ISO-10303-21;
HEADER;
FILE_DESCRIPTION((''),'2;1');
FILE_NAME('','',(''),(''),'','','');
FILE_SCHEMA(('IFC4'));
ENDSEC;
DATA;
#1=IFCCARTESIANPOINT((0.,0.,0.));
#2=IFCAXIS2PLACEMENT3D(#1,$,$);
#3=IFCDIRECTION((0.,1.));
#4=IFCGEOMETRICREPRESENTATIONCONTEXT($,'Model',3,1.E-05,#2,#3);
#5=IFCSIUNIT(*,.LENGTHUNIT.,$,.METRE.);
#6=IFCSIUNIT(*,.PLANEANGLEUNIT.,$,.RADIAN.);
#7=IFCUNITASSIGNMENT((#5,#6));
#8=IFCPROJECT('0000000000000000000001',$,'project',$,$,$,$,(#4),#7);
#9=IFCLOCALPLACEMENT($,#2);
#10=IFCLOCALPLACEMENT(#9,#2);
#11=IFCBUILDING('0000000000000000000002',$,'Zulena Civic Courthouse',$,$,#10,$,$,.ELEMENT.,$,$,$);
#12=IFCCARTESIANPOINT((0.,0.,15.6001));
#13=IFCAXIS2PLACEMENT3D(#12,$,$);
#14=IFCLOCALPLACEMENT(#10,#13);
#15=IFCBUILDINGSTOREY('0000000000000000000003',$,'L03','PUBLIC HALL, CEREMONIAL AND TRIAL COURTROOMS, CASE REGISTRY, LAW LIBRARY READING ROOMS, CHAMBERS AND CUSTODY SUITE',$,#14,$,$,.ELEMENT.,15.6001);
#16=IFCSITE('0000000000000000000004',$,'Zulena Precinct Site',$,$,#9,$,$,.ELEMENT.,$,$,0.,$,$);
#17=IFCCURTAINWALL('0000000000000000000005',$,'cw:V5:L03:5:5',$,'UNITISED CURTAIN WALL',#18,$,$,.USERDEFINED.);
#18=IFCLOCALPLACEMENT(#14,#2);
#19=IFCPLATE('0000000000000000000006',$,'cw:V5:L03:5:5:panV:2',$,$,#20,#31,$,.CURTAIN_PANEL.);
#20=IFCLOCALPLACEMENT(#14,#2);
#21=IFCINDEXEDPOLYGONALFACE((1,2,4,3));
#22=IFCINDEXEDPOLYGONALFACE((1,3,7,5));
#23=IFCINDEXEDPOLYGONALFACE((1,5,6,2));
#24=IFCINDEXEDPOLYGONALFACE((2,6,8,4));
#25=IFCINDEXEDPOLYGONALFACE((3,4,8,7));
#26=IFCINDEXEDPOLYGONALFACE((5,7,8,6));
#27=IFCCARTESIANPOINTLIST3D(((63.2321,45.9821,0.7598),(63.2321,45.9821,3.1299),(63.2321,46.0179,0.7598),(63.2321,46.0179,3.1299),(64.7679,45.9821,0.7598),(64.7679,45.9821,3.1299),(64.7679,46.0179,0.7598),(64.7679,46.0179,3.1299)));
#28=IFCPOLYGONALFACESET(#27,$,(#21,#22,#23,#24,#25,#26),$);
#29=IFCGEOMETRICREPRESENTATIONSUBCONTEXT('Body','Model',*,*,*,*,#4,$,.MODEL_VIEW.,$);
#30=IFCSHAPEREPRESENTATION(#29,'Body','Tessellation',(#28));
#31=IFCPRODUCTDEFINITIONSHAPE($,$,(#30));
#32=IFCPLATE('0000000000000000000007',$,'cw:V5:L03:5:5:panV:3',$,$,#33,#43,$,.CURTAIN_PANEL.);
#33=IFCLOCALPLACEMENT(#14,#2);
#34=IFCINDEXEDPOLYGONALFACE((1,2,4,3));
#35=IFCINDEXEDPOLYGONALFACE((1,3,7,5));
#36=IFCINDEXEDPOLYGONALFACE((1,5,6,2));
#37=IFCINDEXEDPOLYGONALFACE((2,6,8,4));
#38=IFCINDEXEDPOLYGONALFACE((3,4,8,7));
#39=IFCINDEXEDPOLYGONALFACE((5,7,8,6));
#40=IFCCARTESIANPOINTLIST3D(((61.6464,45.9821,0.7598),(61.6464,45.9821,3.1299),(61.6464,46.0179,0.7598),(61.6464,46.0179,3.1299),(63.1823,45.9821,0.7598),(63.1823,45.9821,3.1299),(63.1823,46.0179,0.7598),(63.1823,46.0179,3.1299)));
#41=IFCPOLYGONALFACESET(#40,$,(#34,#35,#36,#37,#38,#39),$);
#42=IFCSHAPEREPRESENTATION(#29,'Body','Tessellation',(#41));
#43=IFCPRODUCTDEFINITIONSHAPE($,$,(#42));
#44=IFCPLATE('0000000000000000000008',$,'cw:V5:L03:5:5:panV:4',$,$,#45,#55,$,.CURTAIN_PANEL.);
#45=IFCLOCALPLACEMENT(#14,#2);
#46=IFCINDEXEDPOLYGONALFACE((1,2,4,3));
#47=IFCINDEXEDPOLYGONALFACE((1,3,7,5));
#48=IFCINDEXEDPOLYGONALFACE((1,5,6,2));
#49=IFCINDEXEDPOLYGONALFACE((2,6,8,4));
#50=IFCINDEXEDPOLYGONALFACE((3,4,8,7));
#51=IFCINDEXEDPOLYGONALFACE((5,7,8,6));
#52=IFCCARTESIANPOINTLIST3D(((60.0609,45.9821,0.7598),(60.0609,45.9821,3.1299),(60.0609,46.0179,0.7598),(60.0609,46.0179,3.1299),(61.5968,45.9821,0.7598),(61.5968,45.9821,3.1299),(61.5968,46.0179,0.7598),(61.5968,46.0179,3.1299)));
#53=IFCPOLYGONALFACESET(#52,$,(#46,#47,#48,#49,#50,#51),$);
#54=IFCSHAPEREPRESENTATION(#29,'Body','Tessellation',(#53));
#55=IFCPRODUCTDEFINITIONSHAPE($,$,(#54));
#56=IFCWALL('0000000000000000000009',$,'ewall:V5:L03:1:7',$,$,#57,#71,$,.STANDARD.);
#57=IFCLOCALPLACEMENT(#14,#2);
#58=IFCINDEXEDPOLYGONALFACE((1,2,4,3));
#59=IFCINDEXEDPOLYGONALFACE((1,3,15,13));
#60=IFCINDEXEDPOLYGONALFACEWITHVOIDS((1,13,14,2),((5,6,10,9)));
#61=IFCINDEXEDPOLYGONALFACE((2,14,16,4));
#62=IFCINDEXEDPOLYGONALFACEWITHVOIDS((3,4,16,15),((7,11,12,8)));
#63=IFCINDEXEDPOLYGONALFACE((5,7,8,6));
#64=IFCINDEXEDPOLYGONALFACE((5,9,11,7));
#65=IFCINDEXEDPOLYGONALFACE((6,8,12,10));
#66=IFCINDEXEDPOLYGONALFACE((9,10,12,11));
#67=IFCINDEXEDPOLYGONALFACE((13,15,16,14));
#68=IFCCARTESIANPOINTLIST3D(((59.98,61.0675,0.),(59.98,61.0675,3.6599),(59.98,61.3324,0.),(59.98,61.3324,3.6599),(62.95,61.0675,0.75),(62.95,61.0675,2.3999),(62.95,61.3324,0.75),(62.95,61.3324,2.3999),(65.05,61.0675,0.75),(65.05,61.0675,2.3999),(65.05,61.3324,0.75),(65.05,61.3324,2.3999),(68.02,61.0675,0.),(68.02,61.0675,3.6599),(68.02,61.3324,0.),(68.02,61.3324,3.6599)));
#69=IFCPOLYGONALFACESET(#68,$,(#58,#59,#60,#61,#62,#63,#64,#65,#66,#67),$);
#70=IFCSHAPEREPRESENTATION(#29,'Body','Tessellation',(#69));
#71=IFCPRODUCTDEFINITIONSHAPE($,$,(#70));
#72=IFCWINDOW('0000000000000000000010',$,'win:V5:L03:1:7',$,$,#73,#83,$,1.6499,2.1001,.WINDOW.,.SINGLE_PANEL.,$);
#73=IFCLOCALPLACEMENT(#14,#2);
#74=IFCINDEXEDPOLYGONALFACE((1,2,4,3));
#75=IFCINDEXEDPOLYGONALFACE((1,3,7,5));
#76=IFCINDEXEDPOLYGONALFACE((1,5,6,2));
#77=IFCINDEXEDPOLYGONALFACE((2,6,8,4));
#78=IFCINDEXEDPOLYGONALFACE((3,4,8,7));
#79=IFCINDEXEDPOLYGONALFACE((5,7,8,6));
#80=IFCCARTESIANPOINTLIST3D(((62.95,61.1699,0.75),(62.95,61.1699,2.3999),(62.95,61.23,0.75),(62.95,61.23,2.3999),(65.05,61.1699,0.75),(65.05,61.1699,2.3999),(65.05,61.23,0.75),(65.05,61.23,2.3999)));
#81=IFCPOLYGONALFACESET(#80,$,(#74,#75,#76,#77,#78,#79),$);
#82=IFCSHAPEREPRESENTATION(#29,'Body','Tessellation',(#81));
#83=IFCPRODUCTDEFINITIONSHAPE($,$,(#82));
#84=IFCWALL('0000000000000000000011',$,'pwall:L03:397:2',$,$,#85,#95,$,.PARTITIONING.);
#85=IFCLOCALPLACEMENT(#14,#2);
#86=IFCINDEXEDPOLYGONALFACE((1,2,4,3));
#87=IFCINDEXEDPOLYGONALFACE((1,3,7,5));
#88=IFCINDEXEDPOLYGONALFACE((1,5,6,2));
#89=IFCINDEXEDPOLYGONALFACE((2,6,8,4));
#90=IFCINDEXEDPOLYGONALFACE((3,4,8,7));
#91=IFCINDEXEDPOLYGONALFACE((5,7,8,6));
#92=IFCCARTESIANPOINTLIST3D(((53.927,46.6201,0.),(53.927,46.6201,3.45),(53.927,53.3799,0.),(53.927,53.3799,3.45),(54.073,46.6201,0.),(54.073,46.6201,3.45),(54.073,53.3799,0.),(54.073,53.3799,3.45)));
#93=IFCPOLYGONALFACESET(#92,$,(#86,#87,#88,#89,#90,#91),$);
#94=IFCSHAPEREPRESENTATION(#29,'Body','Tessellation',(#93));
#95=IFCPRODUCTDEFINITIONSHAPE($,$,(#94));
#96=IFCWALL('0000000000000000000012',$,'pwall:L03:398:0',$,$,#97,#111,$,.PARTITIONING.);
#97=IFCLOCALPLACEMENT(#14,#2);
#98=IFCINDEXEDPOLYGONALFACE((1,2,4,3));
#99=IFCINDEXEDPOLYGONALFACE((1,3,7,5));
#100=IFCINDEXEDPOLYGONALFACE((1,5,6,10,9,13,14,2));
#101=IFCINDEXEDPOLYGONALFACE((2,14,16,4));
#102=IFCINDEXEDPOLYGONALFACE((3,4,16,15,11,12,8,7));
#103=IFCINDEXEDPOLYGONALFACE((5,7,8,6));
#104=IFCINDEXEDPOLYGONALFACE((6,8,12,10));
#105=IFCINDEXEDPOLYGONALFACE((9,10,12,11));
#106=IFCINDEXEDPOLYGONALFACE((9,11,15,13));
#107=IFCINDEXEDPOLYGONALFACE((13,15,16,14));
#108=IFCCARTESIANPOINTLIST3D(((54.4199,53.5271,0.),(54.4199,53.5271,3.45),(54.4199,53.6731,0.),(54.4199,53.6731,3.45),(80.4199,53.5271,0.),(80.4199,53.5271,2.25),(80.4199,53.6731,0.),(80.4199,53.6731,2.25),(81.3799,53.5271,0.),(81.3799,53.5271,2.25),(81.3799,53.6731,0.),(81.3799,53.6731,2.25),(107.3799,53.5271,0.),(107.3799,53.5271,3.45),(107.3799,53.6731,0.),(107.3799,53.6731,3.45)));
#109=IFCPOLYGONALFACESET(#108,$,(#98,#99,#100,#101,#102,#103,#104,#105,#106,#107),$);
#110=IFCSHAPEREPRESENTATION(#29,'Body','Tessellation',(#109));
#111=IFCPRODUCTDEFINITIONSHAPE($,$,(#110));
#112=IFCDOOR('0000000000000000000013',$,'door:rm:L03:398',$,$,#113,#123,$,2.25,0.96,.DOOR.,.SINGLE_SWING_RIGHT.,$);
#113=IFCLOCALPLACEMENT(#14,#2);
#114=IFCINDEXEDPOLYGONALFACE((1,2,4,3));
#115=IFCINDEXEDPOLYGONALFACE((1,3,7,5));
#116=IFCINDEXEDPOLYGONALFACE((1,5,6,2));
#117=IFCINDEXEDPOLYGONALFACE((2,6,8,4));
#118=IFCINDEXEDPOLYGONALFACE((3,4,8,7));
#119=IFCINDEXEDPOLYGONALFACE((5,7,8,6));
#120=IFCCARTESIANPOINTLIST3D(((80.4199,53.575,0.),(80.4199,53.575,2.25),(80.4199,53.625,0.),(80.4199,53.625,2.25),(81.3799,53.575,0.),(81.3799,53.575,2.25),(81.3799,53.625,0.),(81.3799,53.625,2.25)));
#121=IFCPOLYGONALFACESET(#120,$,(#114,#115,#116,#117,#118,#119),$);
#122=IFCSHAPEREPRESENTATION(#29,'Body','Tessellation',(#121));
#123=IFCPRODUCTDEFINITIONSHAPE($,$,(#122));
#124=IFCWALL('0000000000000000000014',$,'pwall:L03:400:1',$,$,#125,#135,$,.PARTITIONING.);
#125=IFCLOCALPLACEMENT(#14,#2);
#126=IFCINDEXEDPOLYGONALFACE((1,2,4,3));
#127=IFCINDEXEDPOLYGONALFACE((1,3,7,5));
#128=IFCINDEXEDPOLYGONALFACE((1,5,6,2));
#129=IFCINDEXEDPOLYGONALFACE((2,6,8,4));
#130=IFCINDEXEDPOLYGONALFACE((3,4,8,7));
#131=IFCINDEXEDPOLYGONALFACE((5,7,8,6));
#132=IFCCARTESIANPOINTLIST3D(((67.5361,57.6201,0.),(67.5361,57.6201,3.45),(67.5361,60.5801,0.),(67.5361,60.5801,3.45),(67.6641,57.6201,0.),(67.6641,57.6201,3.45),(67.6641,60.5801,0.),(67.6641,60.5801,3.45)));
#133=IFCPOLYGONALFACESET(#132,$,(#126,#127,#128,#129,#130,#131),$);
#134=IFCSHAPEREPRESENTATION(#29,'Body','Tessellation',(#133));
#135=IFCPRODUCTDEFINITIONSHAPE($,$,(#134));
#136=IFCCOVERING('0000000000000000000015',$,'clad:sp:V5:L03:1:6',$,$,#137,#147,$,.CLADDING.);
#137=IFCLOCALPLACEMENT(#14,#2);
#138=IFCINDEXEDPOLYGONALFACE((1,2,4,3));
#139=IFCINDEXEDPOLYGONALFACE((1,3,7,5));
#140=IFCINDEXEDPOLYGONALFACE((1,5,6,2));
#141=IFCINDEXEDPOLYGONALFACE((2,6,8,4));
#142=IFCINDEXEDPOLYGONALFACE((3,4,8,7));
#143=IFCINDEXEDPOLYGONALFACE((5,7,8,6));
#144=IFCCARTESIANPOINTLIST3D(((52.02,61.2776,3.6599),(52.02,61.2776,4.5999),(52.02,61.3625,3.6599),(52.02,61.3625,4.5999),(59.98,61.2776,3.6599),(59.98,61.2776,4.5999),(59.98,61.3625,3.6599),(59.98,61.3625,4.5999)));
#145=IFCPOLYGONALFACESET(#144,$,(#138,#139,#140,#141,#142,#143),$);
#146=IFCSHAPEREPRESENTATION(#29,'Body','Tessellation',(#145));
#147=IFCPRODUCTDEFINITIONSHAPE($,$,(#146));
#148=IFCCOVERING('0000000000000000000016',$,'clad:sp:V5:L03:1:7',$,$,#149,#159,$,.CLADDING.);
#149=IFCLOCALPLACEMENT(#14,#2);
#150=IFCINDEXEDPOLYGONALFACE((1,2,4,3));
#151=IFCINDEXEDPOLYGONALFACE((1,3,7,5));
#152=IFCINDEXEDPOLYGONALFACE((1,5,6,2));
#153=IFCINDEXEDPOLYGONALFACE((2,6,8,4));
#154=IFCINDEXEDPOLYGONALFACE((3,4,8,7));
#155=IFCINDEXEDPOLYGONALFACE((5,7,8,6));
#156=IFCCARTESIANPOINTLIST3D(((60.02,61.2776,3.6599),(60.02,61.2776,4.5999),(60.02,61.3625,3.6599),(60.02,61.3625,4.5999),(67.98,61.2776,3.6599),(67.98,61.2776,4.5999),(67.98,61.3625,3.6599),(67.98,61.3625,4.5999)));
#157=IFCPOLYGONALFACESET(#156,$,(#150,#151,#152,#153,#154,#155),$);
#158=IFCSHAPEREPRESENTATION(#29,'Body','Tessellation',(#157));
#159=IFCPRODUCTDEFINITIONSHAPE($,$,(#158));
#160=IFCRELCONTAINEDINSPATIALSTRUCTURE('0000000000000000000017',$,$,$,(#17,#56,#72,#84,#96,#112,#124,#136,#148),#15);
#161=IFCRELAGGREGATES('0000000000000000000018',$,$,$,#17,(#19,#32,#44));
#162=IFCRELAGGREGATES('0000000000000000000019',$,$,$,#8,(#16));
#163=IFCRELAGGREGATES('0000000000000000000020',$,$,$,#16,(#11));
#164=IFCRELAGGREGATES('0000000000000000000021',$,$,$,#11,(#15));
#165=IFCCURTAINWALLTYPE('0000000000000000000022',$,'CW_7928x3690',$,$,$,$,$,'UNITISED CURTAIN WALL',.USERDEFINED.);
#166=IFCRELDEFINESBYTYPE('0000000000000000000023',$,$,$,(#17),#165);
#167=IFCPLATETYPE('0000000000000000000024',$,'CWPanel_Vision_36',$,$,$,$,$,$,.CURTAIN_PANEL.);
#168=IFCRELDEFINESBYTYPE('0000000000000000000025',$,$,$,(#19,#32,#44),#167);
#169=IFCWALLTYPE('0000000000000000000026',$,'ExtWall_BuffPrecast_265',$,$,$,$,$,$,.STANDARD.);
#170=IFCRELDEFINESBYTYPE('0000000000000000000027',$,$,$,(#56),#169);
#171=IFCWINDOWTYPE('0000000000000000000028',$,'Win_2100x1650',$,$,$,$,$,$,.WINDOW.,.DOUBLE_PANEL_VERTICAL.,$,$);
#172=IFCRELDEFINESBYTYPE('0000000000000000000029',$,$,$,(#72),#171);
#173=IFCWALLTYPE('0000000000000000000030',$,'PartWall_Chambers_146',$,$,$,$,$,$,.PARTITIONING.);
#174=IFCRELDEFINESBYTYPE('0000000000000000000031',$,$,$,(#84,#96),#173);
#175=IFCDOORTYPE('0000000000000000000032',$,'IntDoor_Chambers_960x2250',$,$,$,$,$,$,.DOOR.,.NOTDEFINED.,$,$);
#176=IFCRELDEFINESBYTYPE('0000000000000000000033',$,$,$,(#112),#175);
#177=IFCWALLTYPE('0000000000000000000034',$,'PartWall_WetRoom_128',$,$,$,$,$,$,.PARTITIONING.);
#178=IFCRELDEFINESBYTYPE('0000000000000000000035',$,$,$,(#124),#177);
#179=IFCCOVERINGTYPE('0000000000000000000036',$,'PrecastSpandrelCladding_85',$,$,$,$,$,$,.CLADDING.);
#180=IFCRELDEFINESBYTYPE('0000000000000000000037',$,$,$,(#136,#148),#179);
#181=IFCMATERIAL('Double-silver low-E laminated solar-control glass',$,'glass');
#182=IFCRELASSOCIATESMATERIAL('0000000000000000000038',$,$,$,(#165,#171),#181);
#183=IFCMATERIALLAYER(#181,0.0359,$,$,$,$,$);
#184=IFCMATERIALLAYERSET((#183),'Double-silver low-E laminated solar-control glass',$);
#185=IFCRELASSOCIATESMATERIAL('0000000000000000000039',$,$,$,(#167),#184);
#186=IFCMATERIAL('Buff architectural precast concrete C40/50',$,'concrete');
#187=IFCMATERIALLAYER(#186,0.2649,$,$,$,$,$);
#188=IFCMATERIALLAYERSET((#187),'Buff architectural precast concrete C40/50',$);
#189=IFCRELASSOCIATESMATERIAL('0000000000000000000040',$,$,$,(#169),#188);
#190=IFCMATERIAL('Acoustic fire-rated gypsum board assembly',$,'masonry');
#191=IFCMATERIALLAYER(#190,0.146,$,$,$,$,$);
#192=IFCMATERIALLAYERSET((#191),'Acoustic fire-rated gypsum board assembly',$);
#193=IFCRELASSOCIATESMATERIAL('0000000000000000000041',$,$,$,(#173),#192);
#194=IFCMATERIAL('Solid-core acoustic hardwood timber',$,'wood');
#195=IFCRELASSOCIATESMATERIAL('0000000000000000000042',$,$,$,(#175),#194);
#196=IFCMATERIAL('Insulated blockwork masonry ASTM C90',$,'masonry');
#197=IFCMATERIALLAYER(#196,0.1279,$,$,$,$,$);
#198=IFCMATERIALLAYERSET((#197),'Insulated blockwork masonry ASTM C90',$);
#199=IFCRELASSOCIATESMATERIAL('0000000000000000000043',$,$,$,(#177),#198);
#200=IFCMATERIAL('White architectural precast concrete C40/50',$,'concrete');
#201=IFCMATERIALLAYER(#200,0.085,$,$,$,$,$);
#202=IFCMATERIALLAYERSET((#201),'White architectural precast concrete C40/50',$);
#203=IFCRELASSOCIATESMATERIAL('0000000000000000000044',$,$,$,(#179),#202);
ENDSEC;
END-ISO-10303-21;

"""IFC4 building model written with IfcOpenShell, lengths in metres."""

from ifc_helpers import new_model, si_unit, direction, frame, frame_2d, origin, origin_2d, place, context, subcontext, project, spatial, rectangle, extrude, material, layer, layer_set, type_object, element, fill, aggregate, save


model = new_model("IFC4")

# Units and contexts
model_context = context("Model", 3, precision=1e-05, world=origin(), true_north=direction((0.0, 1.0)))
body_context = subcontext(model_context, "Body", "Model", "MODEL_VIEW")
ifc_project = project(units=[si_unit("LENGTHUNIT", "METRE"), si_unit("PLANEANGLEUNIT", "RADIAN")], contexts=[model_context])

# Site, building, storey
site_placement = place(None, origin())
site = spatial("IfcSite", under=ifc_project, at=site_placement, Name="Zulena Precinct Site", CompositionType="ELEMENT", RefElevation=0.0)
building_placement = place(site_placement, origin())
building = spatial("IfcBuilding", under=site, at=building_placement, Name="Zulena Civic Courthouse", CompositionType="ELEMENT")
storey_placement = place(building_placement, frame((0.0, 0.0, 15.6001)))
storey = spatial("IfcBuildingStorey", under=building, at=storey_placement, Name="L03", Description="PUBLIC HALL, CEREMONIAL AND TRIAL COURTROOMS, CASE REGISTRY, LAW LIBRARY READING ROOMS, CHAMBERS AND CUSTODY SUITE", CompositionType="ELEMENT", Elevation=15.6001)

# Curtain wall
ifc_material_1 = material(Name="Double-silver low-E laminated solar-control glass", Category="glass")
curtain_wall_type = type_object("IfcCurtainWallType", Name="CW_7928x3690", ElementType="UNITISED CURTAIN WALL", PredefinedType="USERDEFINED", material=ifc_material_1)
curtain_wall_placement = place(storey_placement, origin())
curtain_wall = element("IfcCurtainWall", 1, at=curtain_wall_placement, inside=storey, type_object=curtain_wall_type, Name="cw:V5:L03:5:5", ObjectType="UNITISED CURTAIN WALL", PredefinedType="USERDEFINED")

# Plates
ifc_layer_1 = layer(ifc_material_1, 0.0359)
ifc_layer_set_1 = layer_set([ifc_layer_1], Name="Double-silver low-E laminated solar-control glass")
plate_type_1 = type_object("IfcPlateType", Name="CWPanel_Vision_36", PredefinedType="CURTAIN_PANEL", material=ifc_layer_set_1)
plate_1_placement = place(storey_placement, frame((64.0, 46.0, 0.7598), z_axis=(0.0, 0.0, 1.0), x_axis=(-1.0, 0.0, 0.0)))
plate_1 = element("IfcPlate", 2, at=plate_1_placement, type_object=plate_type_1, Name="cw:V5:L03:5:5:panV:2", PredefinedType="CURTAIN_PANEL", context=body_context, shape_type="SweptSolid", body=[
    extrude(rectangle(XDim=1.5359, YDim=0.0359, at=origin_2d()), origin(), (0.0, 0.0, 1.0), 2.3701),
])
plate_2_placement = place(storey_placement, frame((62.4143, 46.0, 0.7598), z_axis=(0.0, 0.0, 1.0), x_axis=(-1.0, 0.0, 0.0)))
plate_2 = element("IfcPlate", 3, at=plate_2_placement, type_object=plate_type_1, Name="cw:V5:L03:5:5:panV:3", PredefinedType="CURTAIN_PANEL", context=body_context, shape_type="SweptSolid", body=[
    extrude(rectangle(XDim=1.5359, YDim=0.0359, at=origin_2d()), origin(), (0.0, 0.0, 1.0), 2.3701),
])
plate_3_placement = place(storey_placement, frame((60.8289, 46.0, 0.7598), z_axis=(0.0, 0.0, 1.0), x_axis=(-1.0, 0.0, 0.0)))
plate_3 = element("IfcPlate", 4, at=plate_3_placement, type_object=plate_type_1, Name="cw:V5:L03:5:5:panV:4", PredefinedType="CURTAIN_PANEL", context=body_context, shape_type="SweptSolid", body=[
    extrude(rectangle(XDim=1.5359, YDim=0.0359, at=origin_2d()), origin(), (0.0, 0.0, 1.0), 2.3701),
])
aggregate(curtain_wall, [plate_1, plate_2, plate_3])

# Wall, opening, window
ifc_material_2 = material(Name="Buff architectural precast concrete C40/50", Category="concrete")
ifc_layer_2 = layer(ifc_material_2, 0.2649)
ifc_layer_set_2 = layer_set([ifc_layer_2], Name="Buff architectural precast concrete C40/50")
wall_type_1 = type_object("IfcWallType", Name="ExtWall_BuffPrecast_265", PredefinedType="STANDARD", material=ifc_layer_set_2)
wall_1_placement = place(storey_placement, frame((59.98, 61.2, 0.0), z_axis=(0.0, 0.0, 1.0), x_axis=(1.0, 0.0, 0.0)))
wall_1 = element("IfcWall", 5, at=wall_1_placement, inside=storey, type_object=wall_type_1, Name="ewall:V5:L03:1:7", PredefinedType="STANDARD", context=body_context, shape_type="SweptSolid", body=[
    extrude(rectangle(XDim=8.04, YDim=0.2649, at=frame_2d((4.02, 0.0))), origin(), (0.0, 0.0, 1.0), 3.6599),
])
opening_1_placement = place(wall_1_placement, frame((2.97, 0.0, 0.75)))
opening_1 = element("IfcOpeningElement", 6, at=opening_1_placement, cuts=wall_1, PredefinedType="OPENING", context=body_context, shape_type="SweptSolid", body=[
    extrude(rectangle(XDim=2.1001, YDim=1.6499, at=frame_2d((1.05, 0.825))), frame((0.0, 0.1423, 0.0), z_axis=(0.0, -1.0, 0.0), x_axis=(1.0, 0.0, 0.0)), (0.0, 0.0, 1.0), 0.2849),
])
window_type = type_object("IfcWindowType", Name="Win_2100x1650", PartitioningType="DOUBLE_PANEL_VERTICAL", PredefinedType="WINDOW", material=ifc_material_1)
window_placement = place(opening_1_placement, origin())
window = element("IfcWindow", 7, at=window_placement, inside=storey, type_object=window_type, Name="win:V5:L03:1:7", OverallHeight=1.6499, OverallWidth=2.1001, PartitioningType="SINGLE_PANEL", PredefinedType="WINDOW", context=body_context, shape_type="SweptSolid", body=[
    extrude(rectangle(XDim=2.1001, YDim=1.6499, at=frame_2d((1.05, 0.825))), frame((0.0, 0.03, 0.0), z_axis=(0.0, -1.0, 0.0), x_axis=(1.0, 0.0, 0.0)), (0.0, 0.0, 1.0), 0.0601),
])
fill(opening_1, window)

# Wall
ifc_material_3 = material(Name="Acoustic fire-rated gypsum board assembly", Category="masonry")
ifc_layer_3 = layer(ifc_material_3, 0.146)
ifc_layer_set_3 = layer_set([ifc_layer_3], Name="Acoustic fire-rated gypsum board assembly")
wall_type_2 = type_object("IfcWallType", Name="PartWall_Chambers_146", PredefinedType="PARTITIONING", material=ifc_layer_set_3)
wall_2_placement = place(storey_placement, frame((54.0, 46.6201, 0.0), z_axis=(0.0, 0.0, 1.0), x_axis=(0.0, 1.0, 0.0)))
element("IfcWall", 8, at=wall_2_placement, inside=storey, type_object=wall_type_2, Name="pwall:L03:397:2", PredefinedType="PARTITIONING", context=body_context, shape_type="SweptSolid", body=[
    extrude(rectangle(XDim=6.7598, YDim=0.146, at=frame_2d((3.3799, 0.0))), origin(), (0.0, 0.0, 1.0), 3.45),
])

# Wall, opening, door
wall_3_placement = place(storey_placement, frame((54.4199, 53.6001, 0.0), z_axis=(0.0, 0.0, 1.0), x_axis=(1.0, 0.0, 0.0)))
wall_3 = element("IfcWall", 9, at=wall_3_placement, inside=storey, type_object=wall_type_2, Name="pwall:L03:398:0", PredefinedType="PARTITIONING", context=body_context, shape_type="SweptSolid", body=[
    extrude(rectangle(XDim=52.96, YDim=0.146, at=frame_2d((26.48, 0.0))), origin(), (0.0, 0.0, 1.0), 3.45),
])
opening_2_placement = place(wall_3_placement, frame((26.0, 0.0, 0.0)))
opening_2 = element("IfcOpeningElement", 10, at=opening_2_placement, cuts=wall_3, PredefinedType="OPENING", context=body_context, shape_type="SweptSolid", body=[
    extrude(rectangle(XDim=0.96, YDim=2.25, at=frame_2d((0.48, 1.125))), frame((0.0, 0.083, 0.0), z_axis=(0.0, -1.0, 0.0), x_axis=(1.0, 0.0, 0.0)), (0.0, 0.0, 1.0), 0.166),
])
ifc_material_4 = material(Name="Solid-core acoustic hardwood timber", Category="wood")
door_type = type_object("IfcDoorType", Name="IntDoor_Chambers_960x2250", OperationType="NOTDEFINED", PredefinedType="DOOR", material=ifc_material_4)
door_placement = place(opening_2_placement, origin())
door = element("IfcDoor", 11, at=door_placement, inside=storey, type_object=door_type, Name="door:rm:L03:398", OperationType="SINGLE_SWING_RIGHT", OverallHeight=2.25, OverallWidth=0.96, PredefinedType="DOOR", context=body_context, shape_type="SweptSolid", body=[
    extrude(rectangle(XDim=0.96, YDim=2.25, at=frame_2d((0.48, 1.125))), frame((0.0, 0.0249, 0.0), z_axis=(0.0, -1.0, 0.0), x_axis=(1.0, 0.0, 0.0)), (0.0, 0.0, 1.0), 0.05),
])
fill(opening_2, door)

# Wall
ifc_material_5 = material(Name="Insulated blockwork masonry ASTM C90", Category="masonry")
ifc_layer_4 = layer(ifc_material_5, 0.1279)
ifc_layer_set_4 = layer_set([ifc_layer_4], Name="Insulated blockwork masonry ASTM C90")
wall_type_3 = type_object("IfcWallType", Name="PartWall_WetRoom_128", PredefinedType="PARTITIONING", material=ifc_layer_set_4)
wall_4_placement = place(storey_placement, frame((67.6001, 57.6201, 0.0), z_axis=(0.0, 0.0, 1.0), x_axis=(0.0, 1.0, 0.0)))
element("IfcWall", 12, at=wall_4_placement, inside=storey, type_object=wall_type_3, Name="pwall:L03:400:1", PredefinedType="PARTITIONING", context=body_context, shape_type="SweptSolid", body=[
    extrude(rectangle(XDim=2.96, YDim=0.1279, at=frame_2d((1.48, 0.0))), origin(), (0.0, 0.0, 1.0), 3.45),
])

# Coverings
ifc_material_6 = material(Name="White architectural precast concrete C40/50", Category="concrete")
ifc_layer_5 = layer(ifc_material_6, 0.085)
ifc_layer_set_5 = layer_set([ifc_layer_5], Name="White architectural precast concrete C40/50")
covering_type = type_object("IfcCoveringType", Name="PrecastSpandrelCladding_85", PredefinedType="CLADDING", material=ifc_layer_set_5)
for number, where, z_axis, x_axis, name in (
    (13, (56.0, 61.3201, 3.6599), (0.0, 0.0, 1.0), (1.0, 0.0, 0.0), "clad:sp:V5:L03:1:6"),
    (14, (64.0, 61.3201, 3.6599), (0.0, 0.0, 1.0), (1.0, 0.0, 0.0), "clad:sp:V5:L03:1:7"),
):
    element("IfcCovering", number, at=place(storey_placement, frame(where, z_axis=z_axis, x_axis=x_axis)), inside=storey, type_object=covering_type, Name=name, PredefinedType="CLADDING", context=body_context, shape_type="SweptSolid", body=[
        extrude(rectangle(XDim=7.96, YDim=0.085, at=origin_2d()), origin(), (0.0, 0.0, 1.0), 0.9399),
    ])

save(model, "model.ifc")
